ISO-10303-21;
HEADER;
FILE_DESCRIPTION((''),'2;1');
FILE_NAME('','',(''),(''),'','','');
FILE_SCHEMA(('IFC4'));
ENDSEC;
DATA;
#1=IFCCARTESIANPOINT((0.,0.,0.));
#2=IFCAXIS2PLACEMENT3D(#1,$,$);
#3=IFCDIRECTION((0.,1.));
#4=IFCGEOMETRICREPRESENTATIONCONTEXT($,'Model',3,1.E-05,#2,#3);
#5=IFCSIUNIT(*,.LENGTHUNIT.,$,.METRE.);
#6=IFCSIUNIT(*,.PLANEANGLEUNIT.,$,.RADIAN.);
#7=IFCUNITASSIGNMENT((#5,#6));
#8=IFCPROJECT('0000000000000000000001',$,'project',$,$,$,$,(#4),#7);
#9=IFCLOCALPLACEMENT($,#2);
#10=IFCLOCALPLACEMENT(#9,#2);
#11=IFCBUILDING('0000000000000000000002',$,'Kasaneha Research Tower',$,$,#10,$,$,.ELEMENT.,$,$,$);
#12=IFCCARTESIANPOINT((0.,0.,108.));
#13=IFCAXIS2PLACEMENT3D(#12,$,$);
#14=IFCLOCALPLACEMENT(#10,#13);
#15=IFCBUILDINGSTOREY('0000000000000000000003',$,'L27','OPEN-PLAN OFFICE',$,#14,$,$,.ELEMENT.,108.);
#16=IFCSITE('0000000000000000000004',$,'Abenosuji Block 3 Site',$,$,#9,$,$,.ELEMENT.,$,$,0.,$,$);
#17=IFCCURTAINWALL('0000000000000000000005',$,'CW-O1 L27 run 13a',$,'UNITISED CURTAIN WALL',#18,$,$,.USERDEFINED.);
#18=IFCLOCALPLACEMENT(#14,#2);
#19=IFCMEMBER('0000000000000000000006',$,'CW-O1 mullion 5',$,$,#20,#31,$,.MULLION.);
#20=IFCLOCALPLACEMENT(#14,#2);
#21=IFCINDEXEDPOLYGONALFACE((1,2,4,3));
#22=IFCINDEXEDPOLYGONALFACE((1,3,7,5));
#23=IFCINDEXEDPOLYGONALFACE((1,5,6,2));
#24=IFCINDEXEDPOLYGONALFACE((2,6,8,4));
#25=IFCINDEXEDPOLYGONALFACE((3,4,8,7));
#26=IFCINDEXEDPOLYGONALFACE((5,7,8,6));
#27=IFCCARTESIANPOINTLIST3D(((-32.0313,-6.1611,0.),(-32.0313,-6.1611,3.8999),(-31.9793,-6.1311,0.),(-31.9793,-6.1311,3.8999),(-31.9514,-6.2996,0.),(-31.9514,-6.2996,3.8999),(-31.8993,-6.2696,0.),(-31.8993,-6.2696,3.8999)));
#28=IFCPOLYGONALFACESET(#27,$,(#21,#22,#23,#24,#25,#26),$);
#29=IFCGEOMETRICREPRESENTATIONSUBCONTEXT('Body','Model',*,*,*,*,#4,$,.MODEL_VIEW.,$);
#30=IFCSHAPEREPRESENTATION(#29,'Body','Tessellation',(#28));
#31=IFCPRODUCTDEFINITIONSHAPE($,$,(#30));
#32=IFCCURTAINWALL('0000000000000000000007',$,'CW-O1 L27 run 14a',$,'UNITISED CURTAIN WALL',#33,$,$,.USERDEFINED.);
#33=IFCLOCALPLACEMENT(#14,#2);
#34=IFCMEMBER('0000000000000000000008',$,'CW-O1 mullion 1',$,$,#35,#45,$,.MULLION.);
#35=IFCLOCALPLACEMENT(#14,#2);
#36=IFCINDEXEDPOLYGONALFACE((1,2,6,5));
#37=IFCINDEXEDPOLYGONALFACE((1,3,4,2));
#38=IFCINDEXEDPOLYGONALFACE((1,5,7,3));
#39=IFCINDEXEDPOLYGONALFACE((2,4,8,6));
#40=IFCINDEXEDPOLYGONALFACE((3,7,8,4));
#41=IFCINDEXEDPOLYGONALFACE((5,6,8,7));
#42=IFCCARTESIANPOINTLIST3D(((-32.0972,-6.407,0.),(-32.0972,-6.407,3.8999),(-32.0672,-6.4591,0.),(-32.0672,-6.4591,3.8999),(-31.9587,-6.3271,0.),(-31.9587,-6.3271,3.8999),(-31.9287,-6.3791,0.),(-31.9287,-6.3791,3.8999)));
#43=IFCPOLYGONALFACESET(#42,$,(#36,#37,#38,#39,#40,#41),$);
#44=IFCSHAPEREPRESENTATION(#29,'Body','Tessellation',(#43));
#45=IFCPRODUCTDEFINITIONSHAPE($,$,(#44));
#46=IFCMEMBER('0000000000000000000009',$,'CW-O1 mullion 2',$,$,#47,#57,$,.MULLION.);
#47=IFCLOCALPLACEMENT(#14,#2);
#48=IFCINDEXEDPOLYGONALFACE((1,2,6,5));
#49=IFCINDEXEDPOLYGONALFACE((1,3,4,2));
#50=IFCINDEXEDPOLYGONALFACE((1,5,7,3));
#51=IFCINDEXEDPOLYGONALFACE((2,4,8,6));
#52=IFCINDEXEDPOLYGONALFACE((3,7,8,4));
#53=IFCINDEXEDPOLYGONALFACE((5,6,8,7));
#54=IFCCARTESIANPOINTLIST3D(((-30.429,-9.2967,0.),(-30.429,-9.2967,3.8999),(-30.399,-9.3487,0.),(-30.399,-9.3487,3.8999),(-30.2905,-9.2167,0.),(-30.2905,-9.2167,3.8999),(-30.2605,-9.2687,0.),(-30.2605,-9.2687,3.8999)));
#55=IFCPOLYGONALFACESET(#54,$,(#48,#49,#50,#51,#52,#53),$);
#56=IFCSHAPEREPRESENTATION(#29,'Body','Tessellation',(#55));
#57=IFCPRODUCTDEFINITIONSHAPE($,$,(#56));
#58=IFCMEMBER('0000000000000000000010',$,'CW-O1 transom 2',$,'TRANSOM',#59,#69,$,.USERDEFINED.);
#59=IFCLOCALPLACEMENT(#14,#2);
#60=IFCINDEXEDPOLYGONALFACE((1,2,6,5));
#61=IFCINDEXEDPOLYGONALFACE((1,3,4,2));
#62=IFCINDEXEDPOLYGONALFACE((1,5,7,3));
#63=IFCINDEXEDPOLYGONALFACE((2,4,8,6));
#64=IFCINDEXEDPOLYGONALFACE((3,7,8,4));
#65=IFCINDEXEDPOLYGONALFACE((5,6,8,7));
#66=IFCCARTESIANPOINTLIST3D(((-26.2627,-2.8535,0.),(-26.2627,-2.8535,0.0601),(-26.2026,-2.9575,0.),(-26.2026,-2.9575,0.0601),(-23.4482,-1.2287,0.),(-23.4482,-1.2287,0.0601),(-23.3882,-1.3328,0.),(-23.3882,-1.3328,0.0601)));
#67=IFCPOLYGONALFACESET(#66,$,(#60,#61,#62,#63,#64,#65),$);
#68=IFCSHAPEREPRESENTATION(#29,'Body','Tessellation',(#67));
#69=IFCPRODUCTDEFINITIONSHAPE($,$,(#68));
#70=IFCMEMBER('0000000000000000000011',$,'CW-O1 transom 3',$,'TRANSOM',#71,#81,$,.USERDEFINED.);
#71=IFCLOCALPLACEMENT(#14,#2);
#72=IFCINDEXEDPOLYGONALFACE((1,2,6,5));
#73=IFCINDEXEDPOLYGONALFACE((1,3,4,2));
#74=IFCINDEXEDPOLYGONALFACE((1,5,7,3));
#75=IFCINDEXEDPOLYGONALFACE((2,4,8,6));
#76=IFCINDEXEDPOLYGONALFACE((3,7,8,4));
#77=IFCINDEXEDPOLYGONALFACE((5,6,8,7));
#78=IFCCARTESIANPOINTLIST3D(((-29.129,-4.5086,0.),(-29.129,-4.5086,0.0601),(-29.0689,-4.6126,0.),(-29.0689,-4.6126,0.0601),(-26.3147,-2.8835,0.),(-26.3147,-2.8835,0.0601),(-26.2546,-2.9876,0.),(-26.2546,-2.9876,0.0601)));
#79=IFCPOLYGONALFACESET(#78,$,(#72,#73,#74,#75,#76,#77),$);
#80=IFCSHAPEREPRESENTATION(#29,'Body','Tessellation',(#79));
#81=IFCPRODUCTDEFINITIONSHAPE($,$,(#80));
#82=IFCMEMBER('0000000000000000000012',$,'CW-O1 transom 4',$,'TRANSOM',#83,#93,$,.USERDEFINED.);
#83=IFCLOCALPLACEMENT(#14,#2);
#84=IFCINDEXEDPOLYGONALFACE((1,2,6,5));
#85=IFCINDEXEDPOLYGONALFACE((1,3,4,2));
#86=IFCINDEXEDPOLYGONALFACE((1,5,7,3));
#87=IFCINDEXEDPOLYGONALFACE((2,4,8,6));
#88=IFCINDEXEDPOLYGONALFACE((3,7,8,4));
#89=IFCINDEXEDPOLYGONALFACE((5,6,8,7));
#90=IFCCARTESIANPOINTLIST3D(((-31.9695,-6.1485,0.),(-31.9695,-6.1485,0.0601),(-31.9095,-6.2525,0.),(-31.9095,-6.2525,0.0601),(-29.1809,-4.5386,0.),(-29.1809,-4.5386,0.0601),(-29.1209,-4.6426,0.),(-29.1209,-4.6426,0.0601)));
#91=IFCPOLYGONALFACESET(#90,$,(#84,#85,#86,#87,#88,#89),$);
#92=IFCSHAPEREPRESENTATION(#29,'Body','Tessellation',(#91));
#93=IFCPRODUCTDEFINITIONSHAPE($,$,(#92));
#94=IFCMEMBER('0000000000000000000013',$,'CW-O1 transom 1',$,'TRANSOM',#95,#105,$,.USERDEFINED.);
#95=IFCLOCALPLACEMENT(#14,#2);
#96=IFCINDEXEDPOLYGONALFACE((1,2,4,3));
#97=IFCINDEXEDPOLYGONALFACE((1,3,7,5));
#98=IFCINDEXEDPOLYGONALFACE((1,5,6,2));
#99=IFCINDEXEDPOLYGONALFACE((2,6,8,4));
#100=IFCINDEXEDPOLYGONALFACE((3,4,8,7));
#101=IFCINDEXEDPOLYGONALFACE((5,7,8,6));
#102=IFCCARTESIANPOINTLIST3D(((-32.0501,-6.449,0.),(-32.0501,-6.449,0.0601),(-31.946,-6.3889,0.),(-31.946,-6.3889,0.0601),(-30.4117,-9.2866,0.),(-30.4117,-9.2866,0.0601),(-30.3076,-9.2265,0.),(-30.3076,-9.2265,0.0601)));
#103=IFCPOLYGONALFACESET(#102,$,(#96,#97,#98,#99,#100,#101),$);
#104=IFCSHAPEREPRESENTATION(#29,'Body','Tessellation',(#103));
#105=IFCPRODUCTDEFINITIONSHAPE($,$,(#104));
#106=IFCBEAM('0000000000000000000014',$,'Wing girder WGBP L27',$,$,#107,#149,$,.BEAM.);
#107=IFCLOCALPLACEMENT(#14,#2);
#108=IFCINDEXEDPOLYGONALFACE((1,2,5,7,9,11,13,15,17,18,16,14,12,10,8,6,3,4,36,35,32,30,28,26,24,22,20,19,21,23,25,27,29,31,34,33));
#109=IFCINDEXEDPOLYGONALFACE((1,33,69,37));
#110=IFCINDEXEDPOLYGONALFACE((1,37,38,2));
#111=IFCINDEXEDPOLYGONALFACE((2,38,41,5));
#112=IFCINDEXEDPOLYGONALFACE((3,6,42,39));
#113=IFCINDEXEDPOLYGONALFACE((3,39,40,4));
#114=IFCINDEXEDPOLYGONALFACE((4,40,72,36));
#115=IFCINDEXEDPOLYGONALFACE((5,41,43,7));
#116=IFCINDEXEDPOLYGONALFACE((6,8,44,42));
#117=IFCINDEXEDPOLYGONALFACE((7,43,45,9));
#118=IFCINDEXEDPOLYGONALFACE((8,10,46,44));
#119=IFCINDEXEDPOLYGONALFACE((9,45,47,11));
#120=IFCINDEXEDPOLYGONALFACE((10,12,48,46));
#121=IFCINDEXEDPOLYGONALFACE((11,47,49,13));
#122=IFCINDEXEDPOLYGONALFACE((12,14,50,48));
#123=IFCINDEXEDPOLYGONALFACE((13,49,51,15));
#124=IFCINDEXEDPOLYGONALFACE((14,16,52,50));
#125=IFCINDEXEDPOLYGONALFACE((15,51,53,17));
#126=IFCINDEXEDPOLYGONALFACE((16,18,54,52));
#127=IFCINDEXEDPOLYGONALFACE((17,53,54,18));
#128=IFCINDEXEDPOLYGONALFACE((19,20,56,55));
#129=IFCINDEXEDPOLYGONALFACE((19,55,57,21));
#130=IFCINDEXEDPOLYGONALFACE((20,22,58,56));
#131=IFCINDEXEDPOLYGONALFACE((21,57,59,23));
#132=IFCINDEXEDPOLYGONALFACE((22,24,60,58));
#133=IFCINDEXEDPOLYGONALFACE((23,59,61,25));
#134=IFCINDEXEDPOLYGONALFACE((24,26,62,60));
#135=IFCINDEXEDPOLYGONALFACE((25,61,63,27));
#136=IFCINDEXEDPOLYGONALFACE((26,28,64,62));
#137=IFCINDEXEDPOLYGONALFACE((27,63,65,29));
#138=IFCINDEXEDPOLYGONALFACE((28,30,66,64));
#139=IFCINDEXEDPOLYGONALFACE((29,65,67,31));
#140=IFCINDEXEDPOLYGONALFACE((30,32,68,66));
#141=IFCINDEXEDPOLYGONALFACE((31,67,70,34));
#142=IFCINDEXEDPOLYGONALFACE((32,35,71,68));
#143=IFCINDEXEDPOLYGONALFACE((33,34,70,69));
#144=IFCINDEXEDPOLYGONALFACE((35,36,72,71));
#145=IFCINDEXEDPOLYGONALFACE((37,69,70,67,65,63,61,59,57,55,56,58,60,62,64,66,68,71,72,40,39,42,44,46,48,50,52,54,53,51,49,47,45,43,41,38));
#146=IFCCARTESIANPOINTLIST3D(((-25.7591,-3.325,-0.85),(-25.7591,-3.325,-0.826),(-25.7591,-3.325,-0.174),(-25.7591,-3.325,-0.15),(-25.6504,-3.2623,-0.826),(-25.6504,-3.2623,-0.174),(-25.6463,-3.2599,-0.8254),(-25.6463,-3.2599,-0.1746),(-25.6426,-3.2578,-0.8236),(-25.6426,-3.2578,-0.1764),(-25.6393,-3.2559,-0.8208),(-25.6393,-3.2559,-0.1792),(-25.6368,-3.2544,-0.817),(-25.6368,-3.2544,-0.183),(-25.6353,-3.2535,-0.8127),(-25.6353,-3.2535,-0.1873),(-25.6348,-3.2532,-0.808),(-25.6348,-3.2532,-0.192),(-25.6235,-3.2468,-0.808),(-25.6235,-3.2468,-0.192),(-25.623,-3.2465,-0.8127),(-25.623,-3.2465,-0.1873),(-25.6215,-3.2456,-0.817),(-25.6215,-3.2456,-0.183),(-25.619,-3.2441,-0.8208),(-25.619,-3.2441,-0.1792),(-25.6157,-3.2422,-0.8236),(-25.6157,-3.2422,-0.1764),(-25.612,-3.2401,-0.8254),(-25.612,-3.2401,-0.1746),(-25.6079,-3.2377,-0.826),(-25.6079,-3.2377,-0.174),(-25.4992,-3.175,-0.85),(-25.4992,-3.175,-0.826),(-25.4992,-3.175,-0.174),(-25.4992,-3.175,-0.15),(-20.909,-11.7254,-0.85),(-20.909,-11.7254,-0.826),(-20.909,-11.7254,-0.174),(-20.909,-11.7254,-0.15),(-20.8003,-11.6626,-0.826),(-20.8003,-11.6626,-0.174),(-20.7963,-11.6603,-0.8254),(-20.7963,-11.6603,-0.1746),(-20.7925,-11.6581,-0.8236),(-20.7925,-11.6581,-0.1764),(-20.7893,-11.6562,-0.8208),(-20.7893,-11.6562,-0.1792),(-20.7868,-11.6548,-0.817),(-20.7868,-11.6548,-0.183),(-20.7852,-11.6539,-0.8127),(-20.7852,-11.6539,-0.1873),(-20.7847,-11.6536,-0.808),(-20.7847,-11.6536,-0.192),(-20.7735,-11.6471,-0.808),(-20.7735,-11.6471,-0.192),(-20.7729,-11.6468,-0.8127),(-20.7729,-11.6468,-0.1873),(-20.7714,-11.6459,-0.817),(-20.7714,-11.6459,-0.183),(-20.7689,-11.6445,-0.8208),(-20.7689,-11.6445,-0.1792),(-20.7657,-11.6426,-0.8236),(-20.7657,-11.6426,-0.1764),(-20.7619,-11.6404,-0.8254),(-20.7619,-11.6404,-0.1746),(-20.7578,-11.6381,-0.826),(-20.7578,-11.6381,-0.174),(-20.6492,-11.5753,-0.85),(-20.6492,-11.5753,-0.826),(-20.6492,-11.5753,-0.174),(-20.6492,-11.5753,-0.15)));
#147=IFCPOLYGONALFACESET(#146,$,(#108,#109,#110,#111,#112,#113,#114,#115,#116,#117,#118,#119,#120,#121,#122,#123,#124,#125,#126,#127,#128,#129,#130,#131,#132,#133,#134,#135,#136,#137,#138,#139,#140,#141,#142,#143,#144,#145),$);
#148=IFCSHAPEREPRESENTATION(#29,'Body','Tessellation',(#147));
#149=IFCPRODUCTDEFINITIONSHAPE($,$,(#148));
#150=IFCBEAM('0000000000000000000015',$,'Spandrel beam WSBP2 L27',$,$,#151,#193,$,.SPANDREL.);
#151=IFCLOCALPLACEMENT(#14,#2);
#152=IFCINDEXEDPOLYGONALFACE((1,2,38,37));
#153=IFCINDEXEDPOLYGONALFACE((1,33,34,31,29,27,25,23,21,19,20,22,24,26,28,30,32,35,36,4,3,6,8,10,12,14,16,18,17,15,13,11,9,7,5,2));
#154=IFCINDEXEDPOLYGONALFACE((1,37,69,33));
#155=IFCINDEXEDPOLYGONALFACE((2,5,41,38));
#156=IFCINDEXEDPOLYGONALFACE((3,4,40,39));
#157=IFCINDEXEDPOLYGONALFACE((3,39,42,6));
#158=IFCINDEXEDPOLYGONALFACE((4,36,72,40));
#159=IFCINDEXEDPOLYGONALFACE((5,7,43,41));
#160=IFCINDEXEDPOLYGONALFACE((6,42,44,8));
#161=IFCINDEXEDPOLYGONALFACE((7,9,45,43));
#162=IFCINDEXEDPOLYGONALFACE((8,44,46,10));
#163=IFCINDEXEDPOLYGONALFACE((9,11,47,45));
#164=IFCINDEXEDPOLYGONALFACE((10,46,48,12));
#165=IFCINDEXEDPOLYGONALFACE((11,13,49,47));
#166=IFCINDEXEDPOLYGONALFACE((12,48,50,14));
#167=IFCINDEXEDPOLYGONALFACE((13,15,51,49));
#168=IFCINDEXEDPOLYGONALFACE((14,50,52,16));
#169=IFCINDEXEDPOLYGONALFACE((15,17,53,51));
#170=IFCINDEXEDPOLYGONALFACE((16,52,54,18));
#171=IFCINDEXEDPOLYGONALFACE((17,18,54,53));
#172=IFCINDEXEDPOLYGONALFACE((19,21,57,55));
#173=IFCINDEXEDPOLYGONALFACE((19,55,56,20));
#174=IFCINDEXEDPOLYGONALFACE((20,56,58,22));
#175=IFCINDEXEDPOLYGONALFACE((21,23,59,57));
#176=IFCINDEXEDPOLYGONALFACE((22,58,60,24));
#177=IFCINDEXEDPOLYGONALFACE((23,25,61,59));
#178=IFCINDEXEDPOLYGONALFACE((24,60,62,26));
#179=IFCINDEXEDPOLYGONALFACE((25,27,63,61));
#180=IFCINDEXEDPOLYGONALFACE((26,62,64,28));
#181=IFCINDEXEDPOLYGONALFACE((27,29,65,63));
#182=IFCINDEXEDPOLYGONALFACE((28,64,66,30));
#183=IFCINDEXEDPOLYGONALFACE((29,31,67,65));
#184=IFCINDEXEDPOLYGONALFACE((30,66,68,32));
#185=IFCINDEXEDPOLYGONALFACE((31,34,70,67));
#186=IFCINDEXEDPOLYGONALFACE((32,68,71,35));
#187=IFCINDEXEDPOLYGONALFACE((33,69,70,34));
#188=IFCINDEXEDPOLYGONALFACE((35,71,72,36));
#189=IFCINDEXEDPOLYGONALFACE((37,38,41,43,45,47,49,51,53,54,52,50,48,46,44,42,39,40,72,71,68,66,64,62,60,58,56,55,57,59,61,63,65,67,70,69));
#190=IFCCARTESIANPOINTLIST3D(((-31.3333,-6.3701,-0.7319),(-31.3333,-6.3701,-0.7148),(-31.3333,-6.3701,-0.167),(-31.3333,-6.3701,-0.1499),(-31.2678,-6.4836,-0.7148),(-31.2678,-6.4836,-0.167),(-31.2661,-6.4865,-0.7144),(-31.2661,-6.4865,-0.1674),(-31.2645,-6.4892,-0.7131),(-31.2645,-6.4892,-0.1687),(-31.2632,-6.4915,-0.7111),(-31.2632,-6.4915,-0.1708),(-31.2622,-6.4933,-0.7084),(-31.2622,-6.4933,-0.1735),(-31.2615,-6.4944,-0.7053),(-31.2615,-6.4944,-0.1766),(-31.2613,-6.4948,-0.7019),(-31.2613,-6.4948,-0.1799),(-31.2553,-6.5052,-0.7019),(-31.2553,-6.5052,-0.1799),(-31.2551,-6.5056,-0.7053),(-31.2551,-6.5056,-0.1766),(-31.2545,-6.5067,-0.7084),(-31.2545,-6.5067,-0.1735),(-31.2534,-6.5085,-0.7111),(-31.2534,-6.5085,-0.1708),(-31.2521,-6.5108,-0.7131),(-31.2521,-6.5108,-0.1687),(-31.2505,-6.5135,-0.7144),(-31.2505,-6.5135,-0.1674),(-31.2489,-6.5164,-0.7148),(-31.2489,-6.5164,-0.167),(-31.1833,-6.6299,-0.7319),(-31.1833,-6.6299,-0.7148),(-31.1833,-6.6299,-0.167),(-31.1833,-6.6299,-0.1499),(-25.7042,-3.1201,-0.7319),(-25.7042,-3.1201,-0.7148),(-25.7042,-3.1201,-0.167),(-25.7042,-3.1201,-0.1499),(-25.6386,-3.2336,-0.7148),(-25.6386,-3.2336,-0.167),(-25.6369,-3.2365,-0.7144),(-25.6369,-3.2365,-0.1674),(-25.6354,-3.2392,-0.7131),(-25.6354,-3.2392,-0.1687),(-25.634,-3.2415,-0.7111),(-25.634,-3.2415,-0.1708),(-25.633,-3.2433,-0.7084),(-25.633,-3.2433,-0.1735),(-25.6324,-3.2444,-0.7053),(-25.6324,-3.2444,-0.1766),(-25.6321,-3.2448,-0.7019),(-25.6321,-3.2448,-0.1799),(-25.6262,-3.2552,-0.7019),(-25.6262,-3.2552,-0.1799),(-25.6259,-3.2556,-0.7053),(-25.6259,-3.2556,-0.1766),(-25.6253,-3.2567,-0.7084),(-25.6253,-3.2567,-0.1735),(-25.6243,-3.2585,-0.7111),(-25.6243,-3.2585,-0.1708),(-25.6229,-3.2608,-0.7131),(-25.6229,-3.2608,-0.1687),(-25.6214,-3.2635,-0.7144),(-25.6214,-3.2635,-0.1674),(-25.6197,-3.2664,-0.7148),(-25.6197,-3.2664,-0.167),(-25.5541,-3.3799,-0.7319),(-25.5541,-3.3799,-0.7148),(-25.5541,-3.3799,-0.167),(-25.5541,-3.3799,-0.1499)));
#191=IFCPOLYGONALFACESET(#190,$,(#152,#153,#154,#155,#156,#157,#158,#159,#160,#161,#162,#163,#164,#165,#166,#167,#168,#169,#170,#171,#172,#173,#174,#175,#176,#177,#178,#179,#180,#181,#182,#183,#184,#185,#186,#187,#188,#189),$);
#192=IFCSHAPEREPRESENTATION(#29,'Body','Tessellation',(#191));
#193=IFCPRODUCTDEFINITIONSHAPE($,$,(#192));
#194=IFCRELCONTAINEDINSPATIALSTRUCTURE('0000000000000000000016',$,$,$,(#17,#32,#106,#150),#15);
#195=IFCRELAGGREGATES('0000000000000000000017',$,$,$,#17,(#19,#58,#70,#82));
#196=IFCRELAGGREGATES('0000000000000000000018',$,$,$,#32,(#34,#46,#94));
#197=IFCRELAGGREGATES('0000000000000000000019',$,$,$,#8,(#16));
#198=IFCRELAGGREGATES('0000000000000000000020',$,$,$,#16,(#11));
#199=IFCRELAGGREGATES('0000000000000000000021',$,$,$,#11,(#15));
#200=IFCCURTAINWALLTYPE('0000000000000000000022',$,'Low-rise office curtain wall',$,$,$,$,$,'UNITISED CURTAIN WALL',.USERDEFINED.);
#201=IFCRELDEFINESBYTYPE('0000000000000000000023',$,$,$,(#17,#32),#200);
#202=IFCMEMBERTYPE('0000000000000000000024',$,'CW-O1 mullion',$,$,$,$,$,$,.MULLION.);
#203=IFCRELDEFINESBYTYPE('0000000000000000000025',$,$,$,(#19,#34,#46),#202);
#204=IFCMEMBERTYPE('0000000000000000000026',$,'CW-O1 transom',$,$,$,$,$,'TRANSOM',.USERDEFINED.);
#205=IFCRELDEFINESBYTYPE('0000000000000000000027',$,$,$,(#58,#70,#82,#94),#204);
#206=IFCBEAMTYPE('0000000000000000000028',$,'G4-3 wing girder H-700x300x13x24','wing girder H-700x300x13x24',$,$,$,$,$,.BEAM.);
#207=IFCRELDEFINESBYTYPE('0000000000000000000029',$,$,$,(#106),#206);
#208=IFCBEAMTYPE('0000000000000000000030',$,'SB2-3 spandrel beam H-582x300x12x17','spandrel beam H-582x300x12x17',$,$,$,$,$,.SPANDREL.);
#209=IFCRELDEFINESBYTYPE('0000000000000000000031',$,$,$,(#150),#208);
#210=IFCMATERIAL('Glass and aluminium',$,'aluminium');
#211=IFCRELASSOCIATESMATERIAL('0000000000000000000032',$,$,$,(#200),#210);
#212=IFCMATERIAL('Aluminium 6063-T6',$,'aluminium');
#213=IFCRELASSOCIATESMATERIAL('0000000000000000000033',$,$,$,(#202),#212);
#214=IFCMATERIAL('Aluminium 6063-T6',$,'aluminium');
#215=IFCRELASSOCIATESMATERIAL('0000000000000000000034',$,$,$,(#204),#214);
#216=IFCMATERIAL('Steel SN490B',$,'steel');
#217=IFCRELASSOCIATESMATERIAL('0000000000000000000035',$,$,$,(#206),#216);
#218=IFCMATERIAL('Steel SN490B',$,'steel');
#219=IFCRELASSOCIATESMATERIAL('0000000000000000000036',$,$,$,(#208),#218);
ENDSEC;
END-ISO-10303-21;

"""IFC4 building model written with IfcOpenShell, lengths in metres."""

from ifc_helpers import new_model, si_unit, direction, frame, origin, origin_2d, place, context, subcontext, project, spatial, rectangle, i_section, extrude, material, material_profile, profile_set, type_object, element, aggregate, save


model = new_model("IFC4")

# Units and contexts
model_context = context("Model", 3, precision=1e-05, world=origin(), true_north=direction((0.0, 1.0)))
body_context = subcontext(model_context, "Body", "Model", "MODEL_VIEW")
ifc_project = project(units=[si_unit("LENGTHUNIT", "METRE"), si_unit("PLANEANGLEUNIT", "RADIAN")], contexts=[model_context])

# Site, building, storey
site_placement = place(None, origin())
site = spatial("IfcSite", under=ifc_project, at=site_placement, Name="Abenosuji Block 3 Site", CompositionType="ELEMENT", RefElevation=0.0)
building_placement = place(site_placement, origin())
building = spatial("IfcBuilding", under=site, at=building_placement, Name="Kasaneha Research Tower", CompositionType="ELEMENT")
storey_placement = place(building_placement, frame((0.0, 0.0, 108.0)))
storey = spatial("IfcBuildingStorey", under=building, at=storey_placement, Name="L27", Description="OPEN-PLAN OFFICE", CompositionType="ELEMENT", Elevation=108.0)

# Curtain walls, members
ifc_material_1 = material(Name="Glass and aluminium", Category="aluminium")
curtain_wall_type = type_object("IfcCurtainWallType", Name="Low-rise office curtain wall", ElementType="UNITISED CURTAIN WALL", PredefinedType="USERDEFINED", material=ifc_material_1)
curtain_wall_1_placement = place(storey_placement, origin())
curtain_wall_1 = element("IfcCurtainWall", 1, at=curtain_wall_1_placement, inside=storey, type_object=curtain_wall_type, Name="CW-O1 L27 run 13a", ObjectType="UNITISED CURTAIN WALL", PredefinedType="USERDEFINED")
ifc_material_2 = material(Name="Aluminium 6063-T6", Category="aluminium")
ifc_material_profile_1 = material_profile(ifc_material_2, rectangle(XDim=0.0601, YDim=0.1599, at=origin_2d()), Name="CW-O1 mullion 60x160")
ifc_profile_set_1 = profile_set([ifc_material_profile_1], Name="Aluminium 6063-T6")
member_type_1 = type_object("IfcMemberType", Name="CW-O1 mullion", PredefinedType="MULLION", material=ifc_profile_set_1)
member_1_placement = place(storey_placement, frame((-31.9653, -6.2153, 0.0), z_axis=(0.0, 0.0, 1.0), x_axis=(-0.866025, -0.5, 0.0)))
member_1 = element("IfcMember", 2, at=member_1_placement, type_object=member_type_1, Name="CW-O1 mullion 5", PredefinedType="MULLION", context=body_context, shape_type="SweptSolid", body=[
    extrude(rectangle(XDim=0.0601, YDim=0.1599, at=origin_2d()), origin(), (0.0, 0.0, 1.0), 3.8999),
])
curtain_wall_2_placement = place(storey_placement, origin())
curtain_wall_2 = element("IfcCurtainWall", 3, at=curtain_wall_2_placement, inside=storey, type_object=curtain_wall_type, Name="CW-O1 L27 run 14a", ObjectType="UNITISED CURTAIN WALL", PredefinedType="USERDEFINED")
member_2_placement = place(storey_placement, frame((-32.0129, -6.3931, 0.0), z_axis=(0.0, 0.0, 1.0), x_axis=(0.5, -0.866025, 0.0)))
member_2 = element("IfcMember", 4, at=member_2_placement, type_object=member_type_1, Name="CW-O1 mullion 1", PredefinedType="MULLION", context=body_context, shape_type="SweptSolid", body=[
    extrude(rectangle(XDim=0.0601, YDim=0.1599, at=origin_2d()), origin(), (0.0, 0.0, 1.0), 3.8999),
])
member_3_placement = place(storey_placement, frame((-30.3447, -9.2827, 0.0), z_axis=(0.0, 0.0, 1.0), x_axis=(0.5, -0.866025, 0.0)))
member_3 = element("IfcMember", 5, at=member_3_placement, type_object=member_type_1, Name="CW-O1 mullion 2", PredefinedType="MULLION", context=body_context, shape_type="SweptSolid", body=[
    extrude(rectangle(XDim=0.0601, YDim=0.1599, at=origin_2d()), origin(), (0.0, 0.0, 1.0), 3.8999),
])

# Members
ifc_material_3 = material(Name="Aluminium 6063-T6", Category="aluminium")
ifc_material_profile_2 = material_profile(ifc_material_3, rectangle(XDim=0.1201, YDim=0.0601, at=origin_2d()), Name="CW-O1 transom 120x60")
ifc_profile_set_2 = profile_set([ifc_material_profile_2], Name="Aluminium 6063-T6")
member_type_2 = type_object("IfcMemberType", Name="CW-O1 transom", ElementType="TRANSOM", PredefinedType="USERDEFINED", material=ifc_profile_set_2)
member_4_placement = place(storey_placement, frame((-23.4182, -1.2808, 0.03), z_axis=(-0.866048, -0.499961, 0.0), x_axis=(0.499961, -0.866048, 0.0)))
member_4 = element("IfcMember", 6, at=member_4_placement, type_object=member_type_2, Name="CW-O1 transom 2", ObjectType="TRANSOM", PredefinedType="USERDEFINED", context=body_context, shape_type="SweptSolid", body=[
    extrude(rectangle(XDim=0.1201, YDim=0.0601, at=origin_2d()), origin(), (0.0, 0.0, 1.0), 3.2498),
])
member_5_placement = place(storey_placement, frame((-26.2847, -2.9355, 0.03), z_axis=(-0.865997, -0.50005, 0.0), x_axis=(0.50005, -0.865997, 0.0)))
member_5 = element("IfcMember", 7, at=member_5_placement, type_object=member_type_2, Name="CW-O1 transom 3", ObjectType="TRANSOM", PredefinedType="USERDEFINED", context=body_context, shape_type="SweptSolid", body=[
    extrude(rectangle(XDim=0.1201, YDim=0.0601, at=origin_2d()), origin(), (0.0, 0.0, 1.0), 3.2498),
])
member_6_placement = place(storey_placement, frame((-29.1509, -4.5906, 0.03), z_axis=(-0.866042, -0.499972, 0.0), x_axis=(0.499972, -0.866042, 0.0)))
member_6 = element("IfcMember", 8, at=member_6_placement, type_object=member_type_2, Name="CW-O1 transom 4", ObjectType="TRANSOM", PredefinedType="USERDEFINED", context=body_context, shape_type="SweptSolid", body=[
    extrude(rectangle(XDim=0.1201, YDim=0.0601, at=origin_2d()), origin(), (0.0, 0.0, 1.0), 3.22),
])
member_7_placement = place(storey_placement, frame((-31.998, -6.4189, 0.03), z_axis=(0.500026, -0.866011, 0.0), x_axis=(0.866011, 0.500026, 0.0)))
member_7 = element("IfcMember", 9, at=member_7_placement, type_object=member_type_2, Name="CW-O1 transom 1", ObjectType="TRANSOM", PredefinedType="USERDEFINED", context=body_context, shape_type="SweptSolid", body=[
    extrude(rectangle(XDim=0.1201, YDim=0.0601, at=origin_2d()), origin(), (0.0, 0.0, 1.0), 3.2766),
])

# Beams
ifc_material_4 = material(Name="Steel SN490B", Category="steel")
ifc_material_profile_3 = material_profile(ifc_material_4, i_section(OverallWidth=0.3, OverallDepth=0.7, WebThickness=0.0129, FlangeThickness=0.0239, FilletRadius=0.0181, at=origin_2d()), Name="H-700x300x13x24")
ifc_profile_set_3 = profile_set([ifc_material_profile_3], Name="Steel SN490B")
beam_type_1 = type_object("IfcBeamType", Name="G4-3 wing girder H-700x300x13x24", Description="wing girder H-700x300x13x24", PredefinedType="BEAM", material=ifc_profile_set_3)
beam_1_placement = place(storey_placement, frame((-25.6292, -3.25, -0.5), z_axis=(0.50001, -0.86602, 0.0), x_axis=(0.86602, 0.50001, 0.0)))
element("IfcBeam", 10, at=beam_1_placement, inside=storey, type_object=beam_type_1, Name="Wing girder WGBP L27", PredefinedType="BEAM", context=body_context, shape_type="SweptSolid", body=[
    extrude(i_section(OverallWidth=0.3, OverallDepth=0.7, WebThickness=0.0129, FlangeThickness=0.0239, FilletRadius=0.0181, at=origin_2d()), origin(), (0.0, 0.0, 1.0), 9.7),
])
ifc_material_5 = material(Name="Steel SN490B", Category="steel")
ifc_material_profile_4 = material_profile(ifc_material_5, i_section(OverallWidth=0.3, OverallDepth=0.582, WebThickness=0.012, FlangeThickness=0.0171, FilletRadius=0.0129, at=origin_2d()), Name="H-582x300x12x17")
ifc_profile_set_4 = profile_set([ifc_material_profile_4], Name="Steel SN490B")
beam_type_2 = type_object("IfcBeamType", Name="SB2-3 spandrel beam H-582x300x12x17", Description="spandrel beam H-582x300x12x17", PredefinedType="SPANDREL", material=ifc_profile_set_4)
beam_2_placement = place(storey_placement, frame((-25.6292, -3.25, -0.4409), z_axis=(-0.866025, -0.500001, 0.0), x_axis=(0.500001, -0.866025, 0.0)))
element("IfcBeam", 11, at=beam_2_placement, inside=storey, type_object=beam_type_2, Name="Spandrel beam WSBP2 L27", PredefinedType="SPANDREL", context=body_context, shape_type="SweptSolid", body=[
    extrude(i_section(OverallWidth=0.3, OverallDepth=0.582, WebThickness=0.012, FlangeThickness=0.0171, FilletRadius=0.0129, at=origin_2d()), origin(), (0.0, 0.0, 1.0), 6.5),
])

aggregate(curtain_wall_1, [member_1, member_4, member_5, member_6])
aggregate(curtain_wall_2, [member_2, member_3, member_7])

save(model, "model.ifc")
